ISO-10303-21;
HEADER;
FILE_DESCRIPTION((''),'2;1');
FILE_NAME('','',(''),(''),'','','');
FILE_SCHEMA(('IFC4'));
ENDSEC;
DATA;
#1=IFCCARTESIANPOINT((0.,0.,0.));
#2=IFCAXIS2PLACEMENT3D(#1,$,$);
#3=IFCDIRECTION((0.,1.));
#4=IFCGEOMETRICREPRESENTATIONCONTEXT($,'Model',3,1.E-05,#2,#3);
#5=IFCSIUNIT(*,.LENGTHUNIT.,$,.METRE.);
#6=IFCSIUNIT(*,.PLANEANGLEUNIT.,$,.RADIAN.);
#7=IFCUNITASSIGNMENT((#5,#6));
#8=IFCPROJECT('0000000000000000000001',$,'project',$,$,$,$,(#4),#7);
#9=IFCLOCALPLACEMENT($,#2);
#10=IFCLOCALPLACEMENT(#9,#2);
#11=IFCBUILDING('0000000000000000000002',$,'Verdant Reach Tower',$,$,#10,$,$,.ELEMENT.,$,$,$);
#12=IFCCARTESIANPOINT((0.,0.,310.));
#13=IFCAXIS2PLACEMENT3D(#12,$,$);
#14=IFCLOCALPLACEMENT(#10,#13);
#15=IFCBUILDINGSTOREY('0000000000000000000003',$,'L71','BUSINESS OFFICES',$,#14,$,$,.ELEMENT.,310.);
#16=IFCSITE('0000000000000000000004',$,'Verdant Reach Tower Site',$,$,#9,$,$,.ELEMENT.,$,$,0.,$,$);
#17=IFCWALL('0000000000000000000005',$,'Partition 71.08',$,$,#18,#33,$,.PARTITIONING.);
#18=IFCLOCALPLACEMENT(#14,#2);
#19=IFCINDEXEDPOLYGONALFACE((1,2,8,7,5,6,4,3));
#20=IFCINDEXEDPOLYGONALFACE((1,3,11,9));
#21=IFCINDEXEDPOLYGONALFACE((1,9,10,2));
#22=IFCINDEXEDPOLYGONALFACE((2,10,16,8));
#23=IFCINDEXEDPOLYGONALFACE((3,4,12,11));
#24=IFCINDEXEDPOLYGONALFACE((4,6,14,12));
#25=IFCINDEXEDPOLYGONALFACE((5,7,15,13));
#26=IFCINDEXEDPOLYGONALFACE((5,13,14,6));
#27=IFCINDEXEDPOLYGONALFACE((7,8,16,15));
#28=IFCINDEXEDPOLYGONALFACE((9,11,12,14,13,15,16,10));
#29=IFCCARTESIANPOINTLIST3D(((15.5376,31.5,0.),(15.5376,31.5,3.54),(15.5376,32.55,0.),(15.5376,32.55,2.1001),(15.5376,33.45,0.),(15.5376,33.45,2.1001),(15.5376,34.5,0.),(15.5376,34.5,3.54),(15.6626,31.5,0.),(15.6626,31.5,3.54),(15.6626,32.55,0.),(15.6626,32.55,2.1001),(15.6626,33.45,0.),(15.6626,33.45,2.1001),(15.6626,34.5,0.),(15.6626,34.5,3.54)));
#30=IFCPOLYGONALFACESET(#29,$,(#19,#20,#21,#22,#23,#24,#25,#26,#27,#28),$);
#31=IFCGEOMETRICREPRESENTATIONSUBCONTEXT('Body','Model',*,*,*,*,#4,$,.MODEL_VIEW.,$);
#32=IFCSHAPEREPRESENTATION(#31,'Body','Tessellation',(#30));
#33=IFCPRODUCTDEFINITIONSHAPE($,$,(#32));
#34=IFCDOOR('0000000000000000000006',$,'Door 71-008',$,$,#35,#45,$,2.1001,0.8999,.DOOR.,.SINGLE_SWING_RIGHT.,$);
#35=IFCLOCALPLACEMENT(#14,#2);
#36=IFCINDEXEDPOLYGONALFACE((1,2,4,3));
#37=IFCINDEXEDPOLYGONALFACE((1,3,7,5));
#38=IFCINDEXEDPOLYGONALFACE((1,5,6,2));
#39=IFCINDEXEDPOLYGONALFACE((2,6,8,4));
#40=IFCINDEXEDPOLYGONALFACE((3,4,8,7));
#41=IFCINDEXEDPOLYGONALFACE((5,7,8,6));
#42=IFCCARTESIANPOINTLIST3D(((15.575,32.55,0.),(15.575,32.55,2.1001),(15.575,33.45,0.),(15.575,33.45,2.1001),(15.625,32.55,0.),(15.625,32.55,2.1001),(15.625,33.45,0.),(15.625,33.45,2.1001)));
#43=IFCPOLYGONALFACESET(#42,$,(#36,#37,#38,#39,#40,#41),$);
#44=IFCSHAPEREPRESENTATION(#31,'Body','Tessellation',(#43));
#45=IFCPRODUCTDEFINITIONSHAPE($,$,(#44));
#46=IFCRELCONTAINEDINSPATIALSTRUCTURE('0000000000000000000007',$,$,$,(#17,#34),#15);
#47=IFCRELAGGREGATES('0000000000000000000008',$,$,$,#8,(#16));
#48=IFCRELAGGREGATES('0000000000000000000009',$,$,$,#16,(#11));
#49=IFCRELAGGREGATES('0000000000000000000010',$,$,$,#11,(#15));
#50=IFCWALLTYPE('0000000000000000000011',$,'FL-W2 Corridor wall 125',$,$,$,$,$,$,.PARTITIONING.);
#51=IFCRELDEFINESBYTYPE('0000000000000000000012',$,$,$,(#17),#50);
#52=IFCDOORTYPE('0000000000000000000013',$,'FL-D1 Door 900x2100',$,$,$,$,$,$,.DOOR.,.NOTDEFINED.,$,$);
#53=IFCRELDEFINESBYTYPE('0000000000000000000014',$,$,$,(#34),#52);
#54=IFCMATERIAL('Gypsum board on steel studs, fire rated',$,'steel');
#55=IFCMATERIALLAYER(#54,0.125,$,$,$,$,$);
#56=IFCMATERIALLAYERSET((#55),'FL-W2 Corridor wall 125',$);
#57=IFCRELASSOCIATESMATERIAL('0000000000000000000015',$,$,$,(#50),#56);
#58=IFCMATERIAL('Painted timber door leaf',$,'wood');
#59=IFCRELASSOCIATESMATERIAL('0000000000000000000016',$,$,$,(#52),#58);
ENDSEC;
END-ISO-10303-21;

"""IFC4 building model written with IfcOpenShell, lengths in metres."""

from ifc_helpers import new_model, si_unit, direction, frame, frame_2d, origin, place, context, subcontext, project, spatial, rectangle, extrude, material, layer, layer_set, type_object, element, fill, save


model = new_model("IFC4")

# Units and contexts
model_context = context("Model", 3, precision=1e-05, world=origin(), true_north=direction((0.0, 1.0)))
body_context = subcontext(model_context, "Body", "Model", "MODEL_VIEW")
ifc_project = project(units=[si_unit("LENGTHUNIT", "METRE"), si_unit("PLANEANGLEUNIT", "RADIAN")], contexts=[model_context])

# Site, building, storey
site_placement = place(None, origin())
site = spatial("IfcSite", under=ifc_project, at=site_placement, Name="Verdant Reach Tower Site", CompositionType="ELEMENT", RefElevation=0.0)
building_placement = place(site_placement, origin())
building = spatial("IfcBuilding", under=site, at=building_placement, Name="Verdant Reach Tower", CompositionType="ELEMENT")
storey_placement = place(building_placement, frame((0.0, 0.0, 310.0)))
storey = spatial("IfcBuildingStorey", under=building, at=storey_placement, Name="L71", Description="BUSINESS OFFICES", CompositionType="ELEMENT", Elevation=310.0)

# Wall, opening, door
ifc_material_1 = material(Name="Gypsum board on steel studs, fire rated", Category="steel")
ifc_layer_1 = layer(ifc_material_1, 0.125)
ifc_layer_set_1 = layer_set([ifc_layer_1], Name="FL-W2 Corridor wall 125")
wall_type_1 = type_object("IfcWallType", Name="FL-W2 Corridor wall 125", PredefinedType="PARTITIONING", material=ifc_layer_set_1)
ifc_material_2 = material(Name="Painted timber door leaf", Category="wood")
door_type_1 = type_object("IfcDoorType", Name="FL-D1 Door 900x2100", OperationType="NOTDEFINED", PredefinedType="DOOR", material=ifc_material_2)
wall_1_placement = place(storey_placement, frame((15.6001, 34.5, 0.0), z_axis=(0.0, 0.0, 1.0), x_axis=(0.0, -1.0, 0.0)))
wall_1 = element("IfcWall", 1, at=wall_1_placement, inside=storey, type_object=wall_type_1, Name="Partition 71.08", PredefinedType="PARTITIONING", context=body_context, shape_type="SweptSolid", body=[
    extrude(rectangle(XDim=3.0, YDim=0.125, at=frame_2d((1.5, 0.0))), origin(), (0.0, 0.0, 1.0), 3.54),
])
opening_1_placement = place(wall_1_placement, frame((1.05, 0.0, 0.0)))
opening_1 = element("IfcOpeningElement", 2, at=opening_1_placement, cuts=wall_1, PredefinedType="OPENING", context=body_context, shape_type="SweptSolid", body=[
    extrude(rectangle(XDim=0.8999, YDim=2.1001, at=frame_2d((0.45, 1.05))), frame((0.0, 0.0725, 0.0), z_axis=(0.0, -1.0, 0.0), x_axis=(1.0, 0.0, 0.0)), (0.0, 0.0, 1.0), 0.145),
])
door_1_placement = place(opening_1_placement, origin())
door_1 = element("IfcDoor", 3, at=door_1_placement, inside=storey, type_object=door_type_1, Name="Door 71-008", OperationType="SINGLE_SWING_RIGHT", OverallHeight=2.1001, OverallWidth=0.8999, PredefinedType="DOOR", context=body_context, shape_type="SweptSolid", body=[
    extrude(rectangle(XDim=0.8999, YDim=2.1001, at=frame_2d((0.45, 1.05))), frame((0.0, 0.0249, 0.0), z_axis=(0.0, -1.0, 0.0), x_axis=(1.0, 0.0, 0.0)), (0.0, 0.0, 1.0), 0.05),
])
fill(opening_1, door_1)

save(model, "model.ifc")
